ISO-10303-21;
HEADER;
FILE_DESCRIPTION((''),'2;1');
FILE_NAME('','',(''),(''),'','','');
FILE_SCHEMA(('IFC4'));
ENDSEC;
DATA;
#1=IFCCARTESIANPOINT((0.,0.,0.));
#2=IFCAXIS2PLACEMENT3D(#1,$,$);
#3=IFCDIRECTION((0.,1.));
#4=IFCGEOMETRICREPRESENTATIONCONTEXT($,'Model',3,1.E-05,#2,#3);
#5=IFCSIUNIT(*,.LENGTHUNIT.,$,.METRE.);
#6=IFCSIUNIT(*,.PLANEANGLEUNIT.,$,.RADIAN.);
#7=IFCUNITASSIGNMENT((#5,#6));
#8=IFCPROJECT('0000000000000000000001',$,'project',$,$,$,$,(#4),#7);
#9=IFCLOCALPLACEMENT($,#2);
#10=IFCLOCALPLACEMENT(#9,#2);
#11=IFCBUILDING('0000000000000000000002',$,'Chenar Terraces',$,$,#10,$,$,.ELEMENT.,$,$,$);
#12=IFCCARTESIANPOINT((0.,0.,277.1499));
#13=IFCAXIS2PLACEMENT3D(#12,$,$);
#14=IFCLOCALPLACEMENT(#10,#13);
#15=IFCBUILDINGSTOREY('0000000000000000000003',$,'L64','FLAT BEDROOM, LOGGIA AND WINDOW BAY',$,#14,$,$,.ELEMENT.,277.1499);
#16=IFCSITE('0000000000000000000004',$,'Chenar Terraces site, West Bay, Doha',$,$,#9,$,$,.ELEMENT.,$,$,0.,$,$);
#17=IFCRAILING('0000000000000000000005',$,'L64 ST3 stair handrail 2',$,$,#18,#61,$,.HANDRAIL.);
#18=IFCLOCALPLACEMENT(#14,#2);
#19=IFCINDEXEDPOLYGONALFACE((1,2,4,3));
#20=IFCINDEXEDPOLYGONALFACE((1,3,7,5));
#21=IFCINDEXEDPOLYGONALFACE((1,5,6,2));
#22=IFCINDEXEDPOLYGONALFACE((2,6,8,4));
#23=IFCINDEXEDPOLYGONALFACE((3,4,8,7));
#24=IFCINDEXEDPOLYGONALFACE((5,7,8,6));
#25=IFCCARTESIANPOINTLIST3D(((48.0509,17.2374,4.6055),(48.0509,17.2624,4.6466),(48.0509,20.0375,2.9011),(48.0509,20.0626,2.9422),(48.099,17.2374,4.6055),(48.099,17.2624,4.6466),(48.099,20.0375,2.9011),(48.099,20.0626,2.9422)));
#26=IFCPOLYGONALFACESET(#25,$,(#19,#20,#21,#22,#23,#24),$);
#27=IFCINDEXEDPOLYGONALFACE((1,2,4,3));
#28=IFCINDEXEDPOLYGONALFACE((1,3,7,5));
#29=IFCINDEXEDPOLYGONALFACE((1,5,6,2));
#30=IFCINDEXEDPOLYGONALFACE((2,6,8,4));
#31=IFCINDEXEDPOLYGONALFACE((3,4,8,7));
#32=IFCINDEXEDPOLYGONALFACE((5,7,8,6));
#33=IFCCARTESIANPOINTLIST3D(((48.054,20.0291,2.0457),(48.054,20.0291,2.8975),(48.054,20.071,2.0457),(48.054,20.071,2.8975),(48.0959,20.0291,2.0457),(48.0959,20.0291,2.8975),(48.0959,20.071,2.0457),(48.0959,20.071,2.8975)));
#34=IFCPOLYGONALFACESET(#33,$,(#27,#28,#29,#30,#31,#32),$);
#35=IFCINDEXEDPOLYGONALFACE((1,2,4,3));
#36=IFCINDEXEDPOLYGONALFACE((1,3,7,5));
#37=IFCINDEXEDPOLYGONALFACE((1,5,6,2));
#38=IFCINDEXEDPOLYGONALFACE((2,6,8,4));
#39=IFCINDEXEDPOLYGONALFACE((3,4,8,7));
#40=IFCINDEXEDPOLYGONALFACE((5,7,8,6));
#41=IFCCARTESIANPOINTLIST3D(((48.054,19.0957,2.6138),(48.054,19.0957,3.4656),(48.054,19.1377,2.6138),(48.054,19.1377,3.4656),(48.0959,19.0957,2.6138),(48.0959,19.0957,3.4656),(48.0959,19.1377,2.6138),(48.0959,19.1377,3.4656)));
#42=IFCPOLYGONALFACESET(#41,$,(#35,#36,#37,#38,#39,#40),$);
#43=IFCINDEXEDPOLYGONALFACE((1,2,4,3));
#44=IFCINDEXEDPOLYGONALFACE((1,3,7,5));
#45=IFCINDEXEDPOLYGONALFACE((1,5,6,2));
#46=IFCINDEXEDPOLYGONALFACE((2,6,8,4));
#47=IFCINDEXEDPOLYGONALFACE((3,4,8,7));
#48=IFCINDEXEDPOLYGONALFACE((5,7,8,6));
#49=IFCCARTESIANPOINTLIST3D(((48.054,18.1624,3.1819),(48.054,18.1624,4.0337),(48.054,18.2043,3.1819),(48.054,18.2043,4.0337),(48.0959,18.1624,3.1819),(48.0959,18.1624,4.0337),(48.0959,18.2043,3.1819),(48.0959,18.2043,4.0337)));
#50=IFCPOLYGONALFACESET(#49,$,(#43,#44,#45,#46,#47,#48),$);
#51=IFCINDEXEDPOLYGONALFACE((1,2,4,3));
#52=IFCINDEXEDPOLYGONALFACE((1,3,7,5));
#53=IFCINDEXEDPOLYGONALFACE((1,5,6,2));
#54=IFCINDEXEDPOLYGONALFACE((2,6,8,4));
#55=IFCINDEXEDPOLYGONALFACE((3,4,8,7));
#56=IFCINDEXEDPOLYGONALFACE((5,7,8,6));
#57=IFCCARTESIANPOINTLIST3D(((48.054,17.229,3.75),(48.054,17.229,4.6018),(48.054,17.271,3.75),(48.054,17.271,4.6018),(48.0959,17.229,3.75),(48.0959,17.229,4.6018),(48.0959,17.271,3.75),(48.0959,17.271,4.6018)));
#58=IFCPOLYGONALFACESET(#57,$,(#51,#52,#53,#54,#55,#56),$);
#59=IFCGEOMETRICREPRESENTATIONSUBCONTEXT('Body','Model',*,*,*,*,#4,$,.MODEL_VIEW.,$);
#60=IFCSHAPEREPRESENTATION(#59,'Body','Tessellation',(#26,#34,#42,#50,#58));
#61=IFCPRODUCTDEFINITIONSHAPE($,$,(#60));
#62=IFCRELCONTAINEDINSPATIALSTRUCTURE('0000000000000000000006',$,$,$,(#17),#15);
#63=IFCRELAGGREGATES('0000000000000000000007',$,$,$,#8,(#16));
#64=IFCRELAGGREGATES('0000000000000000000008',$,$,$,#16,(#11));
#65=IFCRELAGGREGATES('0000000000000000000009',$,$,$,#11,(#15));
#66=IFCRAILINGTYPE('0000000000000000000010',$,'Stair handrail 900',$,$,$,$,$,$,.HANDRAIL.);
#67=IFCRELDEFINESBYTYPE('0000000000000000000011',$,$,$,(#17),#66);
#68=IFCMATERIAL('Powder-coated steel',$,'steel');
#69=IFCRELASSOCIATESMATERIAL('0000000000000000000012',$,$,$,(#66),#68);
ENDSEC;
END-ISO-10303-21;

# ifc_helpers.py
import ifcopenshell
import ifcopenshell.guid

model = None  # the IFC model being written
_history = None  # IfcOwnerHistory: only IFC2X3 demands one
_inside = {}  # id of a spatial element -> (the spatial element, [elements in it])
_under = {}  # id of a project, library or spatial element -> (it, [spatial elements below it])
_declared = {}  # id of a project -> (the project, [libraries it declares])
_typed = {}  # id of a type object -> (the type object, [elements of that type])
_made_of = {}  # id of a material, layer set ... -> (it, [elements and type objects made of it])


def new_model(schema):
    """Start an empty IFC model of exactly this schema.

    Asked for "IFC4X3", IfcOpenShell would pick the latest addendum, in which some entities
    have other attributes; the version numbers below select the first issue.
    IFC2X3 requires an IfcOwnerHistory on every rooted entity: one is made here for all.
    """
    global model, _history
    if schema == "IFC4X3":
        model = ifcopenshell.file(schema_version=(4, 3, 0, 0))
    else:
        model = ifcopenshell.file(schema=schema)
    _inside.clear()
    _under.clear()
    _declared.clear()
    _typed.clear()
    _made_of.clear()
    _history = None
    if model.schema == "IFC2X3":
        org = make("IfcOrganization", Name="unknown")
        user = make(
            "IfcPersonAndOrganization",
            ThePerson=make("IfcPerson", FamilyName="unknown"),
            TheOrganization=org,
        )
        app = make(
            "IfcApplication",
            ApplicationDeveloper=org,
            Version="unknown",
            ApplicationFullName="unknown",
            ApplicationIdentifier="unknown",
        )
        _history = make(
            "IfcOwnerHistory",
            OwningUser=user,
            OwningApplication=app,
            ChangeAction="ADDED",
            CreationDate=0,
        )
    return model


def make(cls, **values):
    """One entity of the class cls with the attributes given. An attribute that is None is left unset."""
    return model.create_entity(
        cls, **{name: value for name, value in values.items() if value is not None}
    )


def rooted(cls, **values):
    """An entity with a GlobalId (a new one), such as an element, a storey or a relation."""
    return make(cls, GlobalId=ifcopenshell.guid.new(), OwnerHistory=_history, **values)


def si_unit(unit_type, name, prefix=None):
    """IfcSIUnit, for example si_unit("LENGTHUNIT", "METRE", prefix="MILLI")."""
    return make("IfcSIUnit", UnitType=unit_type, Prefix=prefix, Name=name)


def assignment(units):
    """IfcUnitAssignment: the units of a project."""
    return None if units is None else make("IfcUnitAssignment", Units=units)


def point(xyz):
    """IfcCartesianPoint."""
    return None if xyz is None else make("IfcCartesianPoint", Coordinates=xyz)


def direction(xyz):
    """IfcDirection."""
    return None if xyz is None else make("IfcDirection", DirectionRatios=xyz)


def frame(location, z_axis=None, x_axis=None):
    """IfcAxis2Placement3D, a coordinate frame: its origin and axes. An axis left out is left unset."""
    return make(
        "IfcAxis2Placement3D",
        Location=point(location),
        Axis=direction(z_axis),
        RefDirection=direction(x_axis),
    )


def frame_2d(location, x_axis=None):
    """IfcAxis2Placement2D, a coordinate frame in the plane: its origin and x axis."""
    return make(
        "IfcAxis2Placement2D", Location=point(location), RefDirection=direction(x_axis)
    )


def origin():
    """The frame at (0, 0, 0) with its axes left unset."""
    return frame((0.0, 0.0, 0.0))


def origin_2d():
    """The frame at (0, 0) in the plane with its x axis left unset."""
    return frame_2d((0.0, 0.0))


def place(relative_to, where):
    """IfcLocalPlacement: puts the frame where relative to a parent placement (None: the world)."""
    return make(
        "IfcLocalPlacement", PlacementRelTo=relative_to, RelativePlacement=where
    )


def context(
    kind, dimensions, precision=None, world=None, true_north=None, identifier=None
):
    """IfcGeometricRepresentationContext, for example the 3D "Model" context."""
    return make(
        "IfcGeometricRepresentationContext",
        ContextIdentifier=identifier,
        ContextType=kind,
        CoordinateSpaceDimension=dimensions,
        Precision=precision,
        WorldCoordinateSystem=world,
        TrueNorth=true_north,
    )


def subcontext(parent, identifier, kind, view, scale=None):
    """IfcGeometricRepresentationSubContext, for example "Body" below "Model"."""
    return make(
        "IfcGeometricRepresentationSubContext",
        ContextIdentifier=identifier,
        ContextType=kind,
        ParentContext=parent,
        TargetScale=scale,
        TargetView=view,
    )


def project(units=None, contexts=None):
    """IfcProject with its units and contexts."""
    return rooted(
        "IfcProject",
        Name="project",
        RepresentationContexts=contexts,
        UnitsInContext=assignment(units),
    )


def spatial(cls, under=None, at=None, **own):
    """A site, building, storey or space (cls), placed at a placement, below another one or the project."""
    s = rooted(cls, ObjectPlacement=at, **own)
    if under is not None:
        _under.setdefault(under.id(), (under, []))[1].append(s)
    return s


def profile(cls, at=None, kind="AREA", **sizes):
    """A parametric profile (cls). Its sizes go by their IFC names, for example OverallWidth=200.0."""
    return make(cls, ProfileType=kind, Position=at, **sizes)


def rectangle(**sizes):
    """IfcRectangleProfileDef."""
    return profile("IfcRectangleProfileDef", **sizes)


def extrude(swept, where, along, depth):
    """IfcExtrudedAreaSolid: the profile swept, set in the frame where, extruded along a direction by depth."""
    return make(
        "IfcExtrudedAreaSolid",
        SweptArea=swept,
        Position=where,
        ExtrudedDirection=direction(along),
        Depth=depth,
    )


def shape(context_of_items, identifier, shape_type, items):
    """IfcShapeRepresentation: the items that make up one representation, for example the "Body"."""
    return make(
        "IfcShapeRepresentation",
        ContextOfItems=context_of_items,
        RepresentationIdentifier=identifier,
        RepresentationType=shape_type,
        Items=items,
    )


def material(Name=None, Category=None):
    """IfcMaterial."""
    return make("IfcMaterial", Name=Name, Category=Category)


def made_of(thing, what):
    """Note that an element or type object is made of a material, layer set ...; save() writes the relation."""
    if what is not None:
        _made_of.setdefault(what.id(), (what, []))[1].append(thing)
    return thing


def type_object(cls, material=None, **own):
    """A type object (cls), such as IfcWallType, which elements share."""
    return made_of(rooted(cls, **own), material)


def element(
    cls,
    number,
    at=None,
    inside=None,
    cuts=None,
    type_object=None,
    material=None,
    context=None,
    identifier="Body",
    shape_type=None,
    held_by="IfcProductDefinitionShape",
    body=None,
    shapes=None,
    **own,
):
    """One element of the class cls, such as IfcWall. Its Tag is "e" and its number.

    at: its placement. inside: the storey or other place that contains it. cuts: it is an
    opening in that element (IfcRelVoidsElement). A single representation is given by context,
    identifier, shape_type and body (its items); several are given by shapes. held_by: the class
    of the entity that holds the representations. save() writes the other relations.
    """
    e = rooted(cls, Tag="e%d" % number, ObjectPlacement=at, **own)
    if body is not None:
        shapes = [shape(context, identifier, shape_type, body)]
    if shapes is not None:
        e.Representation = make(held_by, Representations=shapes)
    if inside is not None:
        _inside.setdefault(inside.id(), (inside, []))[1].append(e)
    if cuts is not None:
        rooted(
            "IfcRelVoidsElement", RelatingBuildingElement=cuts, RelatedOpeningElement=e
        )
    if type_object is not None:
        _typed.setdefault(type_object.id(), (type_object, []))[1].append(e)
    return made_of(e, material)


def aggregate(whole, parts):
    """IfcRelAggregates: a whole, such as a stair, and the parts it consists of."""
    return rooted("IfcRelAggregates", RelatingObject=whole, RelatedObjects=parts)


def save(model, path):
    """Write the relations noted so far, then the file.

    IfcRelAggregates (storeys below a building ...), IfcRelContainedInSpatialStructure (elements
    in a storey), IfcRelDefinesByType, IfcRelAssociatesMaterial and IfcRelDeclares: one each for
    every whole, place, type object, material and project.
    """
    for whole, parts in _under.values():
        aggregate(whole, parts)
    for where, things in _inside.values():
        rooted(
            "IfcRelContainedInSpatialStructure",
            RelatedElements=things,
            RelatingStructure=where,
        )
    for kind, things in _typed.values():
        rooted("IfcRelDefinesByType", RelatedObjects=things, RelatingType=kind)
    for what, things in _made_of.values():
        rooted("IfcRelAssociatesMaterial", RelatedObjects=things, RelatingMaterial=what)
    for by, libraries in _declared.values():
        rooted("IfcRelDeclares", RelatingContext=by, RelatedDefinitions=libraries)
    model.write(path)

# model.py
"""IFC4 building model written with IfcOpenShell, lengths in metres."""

from ifc_helpers import new_model, si_unit, direction, frame, origin, origin_2d, place, context, subcontext, project, spatial, rectangle, extrude, material, type_object, element, save


model = new_model("IFC4")

# Units and contexts
model_context = context("Model", 3, precision=1e-05, world=origin(), true_north=direction((0.0, 1.0)))
body_context = subcontext(model_context, "Body", "Model", "MODEL_VIEW")
ifc_project = project(units=[si_unit("LENGTHUNIT", "METRE"), si_unit("PLANEANGLEUNIT", "RADIAN")], contexts=[model_context])

# Site, building, storey
site_placement = place(None, origin())
site = spatial("IfcSite", under=ifc_project, at=site_placement, Name="Chenar Terraces site, West Bay, Doha", CompositionType="ELEMENT", RefElevation=0.0)
building_placement = place(site_placement, origin())
building = spatial("IfcBuilding", under=site, at=building_placement, Name="Chenar Terraces", CompositionType="ELEMENT")
storey_placement = place(building_placement, frame((0.0, 0.0, 277.1499)))
storey = spatial("IfcBuildingStorey", under=building, at=storey_placement, Name="L64", Description="FLAT BEDROOM, LOGGIA AND WINDOW BAY", CompositionType="ELEMENT", Elevation=277.1499)

# Railing
ifc_material_1 = material(Name="Powder-coated steel", Category="steel")
railing_type_1 = type_object("IfcRailingType", Name="Stair handrail 900", PredefinedType="HANDRAIL", material=ifc_material_1)
railing_1_placement = place(storey_placement, frame((48.075, 20.05, 2.0457)))
element("IfcRailing", 1, at=railing_1_placement, inside=storey, type_object=railing_type_1, Name="L64 ST3 stair handrail 2", PredefinedType="HANDRAIL", context=body_context, shape_type="SweptSolid", body=[
    extrude(rectangle(XDim=0.0481, YDim=0.0481, at=origin_2d()), frame((0.0, 0.0, 0.876), z_axis=(0.0, -0.854203, 0.51994), x_axis=(1.0, 0.0, 0.0)), (0.0, 0.0, 1.0), 3.2781),
    extrude(rectangle(XDim=0.042, YDim=0.042, at=origin_2d()), origin(), (0.0, 0.0, 1.0), 0.8518),
    extrude(rectangle(XDim=0.042, YDim=0.042, at=origin_2d()), frame((0.0, -0.9333, 0.5681)), (0.0, 0.0, 1.0), 0.8518),
    extrude(rectangle(XDim=0.042, YDim=0.042, at=origin_2d()), frame((0.0, -1.8667, 1.1362)), (0.0, 0.0, 1.0), 0.8518),
    extrude(rectangle(XDim=0.042, YDim=0.042, at=origin_2d()), frame((0.0, -2.8, 1.7043)), (0.0, 0.0, 1.0), 0.8518),
])

save(model, "model.ifc")
